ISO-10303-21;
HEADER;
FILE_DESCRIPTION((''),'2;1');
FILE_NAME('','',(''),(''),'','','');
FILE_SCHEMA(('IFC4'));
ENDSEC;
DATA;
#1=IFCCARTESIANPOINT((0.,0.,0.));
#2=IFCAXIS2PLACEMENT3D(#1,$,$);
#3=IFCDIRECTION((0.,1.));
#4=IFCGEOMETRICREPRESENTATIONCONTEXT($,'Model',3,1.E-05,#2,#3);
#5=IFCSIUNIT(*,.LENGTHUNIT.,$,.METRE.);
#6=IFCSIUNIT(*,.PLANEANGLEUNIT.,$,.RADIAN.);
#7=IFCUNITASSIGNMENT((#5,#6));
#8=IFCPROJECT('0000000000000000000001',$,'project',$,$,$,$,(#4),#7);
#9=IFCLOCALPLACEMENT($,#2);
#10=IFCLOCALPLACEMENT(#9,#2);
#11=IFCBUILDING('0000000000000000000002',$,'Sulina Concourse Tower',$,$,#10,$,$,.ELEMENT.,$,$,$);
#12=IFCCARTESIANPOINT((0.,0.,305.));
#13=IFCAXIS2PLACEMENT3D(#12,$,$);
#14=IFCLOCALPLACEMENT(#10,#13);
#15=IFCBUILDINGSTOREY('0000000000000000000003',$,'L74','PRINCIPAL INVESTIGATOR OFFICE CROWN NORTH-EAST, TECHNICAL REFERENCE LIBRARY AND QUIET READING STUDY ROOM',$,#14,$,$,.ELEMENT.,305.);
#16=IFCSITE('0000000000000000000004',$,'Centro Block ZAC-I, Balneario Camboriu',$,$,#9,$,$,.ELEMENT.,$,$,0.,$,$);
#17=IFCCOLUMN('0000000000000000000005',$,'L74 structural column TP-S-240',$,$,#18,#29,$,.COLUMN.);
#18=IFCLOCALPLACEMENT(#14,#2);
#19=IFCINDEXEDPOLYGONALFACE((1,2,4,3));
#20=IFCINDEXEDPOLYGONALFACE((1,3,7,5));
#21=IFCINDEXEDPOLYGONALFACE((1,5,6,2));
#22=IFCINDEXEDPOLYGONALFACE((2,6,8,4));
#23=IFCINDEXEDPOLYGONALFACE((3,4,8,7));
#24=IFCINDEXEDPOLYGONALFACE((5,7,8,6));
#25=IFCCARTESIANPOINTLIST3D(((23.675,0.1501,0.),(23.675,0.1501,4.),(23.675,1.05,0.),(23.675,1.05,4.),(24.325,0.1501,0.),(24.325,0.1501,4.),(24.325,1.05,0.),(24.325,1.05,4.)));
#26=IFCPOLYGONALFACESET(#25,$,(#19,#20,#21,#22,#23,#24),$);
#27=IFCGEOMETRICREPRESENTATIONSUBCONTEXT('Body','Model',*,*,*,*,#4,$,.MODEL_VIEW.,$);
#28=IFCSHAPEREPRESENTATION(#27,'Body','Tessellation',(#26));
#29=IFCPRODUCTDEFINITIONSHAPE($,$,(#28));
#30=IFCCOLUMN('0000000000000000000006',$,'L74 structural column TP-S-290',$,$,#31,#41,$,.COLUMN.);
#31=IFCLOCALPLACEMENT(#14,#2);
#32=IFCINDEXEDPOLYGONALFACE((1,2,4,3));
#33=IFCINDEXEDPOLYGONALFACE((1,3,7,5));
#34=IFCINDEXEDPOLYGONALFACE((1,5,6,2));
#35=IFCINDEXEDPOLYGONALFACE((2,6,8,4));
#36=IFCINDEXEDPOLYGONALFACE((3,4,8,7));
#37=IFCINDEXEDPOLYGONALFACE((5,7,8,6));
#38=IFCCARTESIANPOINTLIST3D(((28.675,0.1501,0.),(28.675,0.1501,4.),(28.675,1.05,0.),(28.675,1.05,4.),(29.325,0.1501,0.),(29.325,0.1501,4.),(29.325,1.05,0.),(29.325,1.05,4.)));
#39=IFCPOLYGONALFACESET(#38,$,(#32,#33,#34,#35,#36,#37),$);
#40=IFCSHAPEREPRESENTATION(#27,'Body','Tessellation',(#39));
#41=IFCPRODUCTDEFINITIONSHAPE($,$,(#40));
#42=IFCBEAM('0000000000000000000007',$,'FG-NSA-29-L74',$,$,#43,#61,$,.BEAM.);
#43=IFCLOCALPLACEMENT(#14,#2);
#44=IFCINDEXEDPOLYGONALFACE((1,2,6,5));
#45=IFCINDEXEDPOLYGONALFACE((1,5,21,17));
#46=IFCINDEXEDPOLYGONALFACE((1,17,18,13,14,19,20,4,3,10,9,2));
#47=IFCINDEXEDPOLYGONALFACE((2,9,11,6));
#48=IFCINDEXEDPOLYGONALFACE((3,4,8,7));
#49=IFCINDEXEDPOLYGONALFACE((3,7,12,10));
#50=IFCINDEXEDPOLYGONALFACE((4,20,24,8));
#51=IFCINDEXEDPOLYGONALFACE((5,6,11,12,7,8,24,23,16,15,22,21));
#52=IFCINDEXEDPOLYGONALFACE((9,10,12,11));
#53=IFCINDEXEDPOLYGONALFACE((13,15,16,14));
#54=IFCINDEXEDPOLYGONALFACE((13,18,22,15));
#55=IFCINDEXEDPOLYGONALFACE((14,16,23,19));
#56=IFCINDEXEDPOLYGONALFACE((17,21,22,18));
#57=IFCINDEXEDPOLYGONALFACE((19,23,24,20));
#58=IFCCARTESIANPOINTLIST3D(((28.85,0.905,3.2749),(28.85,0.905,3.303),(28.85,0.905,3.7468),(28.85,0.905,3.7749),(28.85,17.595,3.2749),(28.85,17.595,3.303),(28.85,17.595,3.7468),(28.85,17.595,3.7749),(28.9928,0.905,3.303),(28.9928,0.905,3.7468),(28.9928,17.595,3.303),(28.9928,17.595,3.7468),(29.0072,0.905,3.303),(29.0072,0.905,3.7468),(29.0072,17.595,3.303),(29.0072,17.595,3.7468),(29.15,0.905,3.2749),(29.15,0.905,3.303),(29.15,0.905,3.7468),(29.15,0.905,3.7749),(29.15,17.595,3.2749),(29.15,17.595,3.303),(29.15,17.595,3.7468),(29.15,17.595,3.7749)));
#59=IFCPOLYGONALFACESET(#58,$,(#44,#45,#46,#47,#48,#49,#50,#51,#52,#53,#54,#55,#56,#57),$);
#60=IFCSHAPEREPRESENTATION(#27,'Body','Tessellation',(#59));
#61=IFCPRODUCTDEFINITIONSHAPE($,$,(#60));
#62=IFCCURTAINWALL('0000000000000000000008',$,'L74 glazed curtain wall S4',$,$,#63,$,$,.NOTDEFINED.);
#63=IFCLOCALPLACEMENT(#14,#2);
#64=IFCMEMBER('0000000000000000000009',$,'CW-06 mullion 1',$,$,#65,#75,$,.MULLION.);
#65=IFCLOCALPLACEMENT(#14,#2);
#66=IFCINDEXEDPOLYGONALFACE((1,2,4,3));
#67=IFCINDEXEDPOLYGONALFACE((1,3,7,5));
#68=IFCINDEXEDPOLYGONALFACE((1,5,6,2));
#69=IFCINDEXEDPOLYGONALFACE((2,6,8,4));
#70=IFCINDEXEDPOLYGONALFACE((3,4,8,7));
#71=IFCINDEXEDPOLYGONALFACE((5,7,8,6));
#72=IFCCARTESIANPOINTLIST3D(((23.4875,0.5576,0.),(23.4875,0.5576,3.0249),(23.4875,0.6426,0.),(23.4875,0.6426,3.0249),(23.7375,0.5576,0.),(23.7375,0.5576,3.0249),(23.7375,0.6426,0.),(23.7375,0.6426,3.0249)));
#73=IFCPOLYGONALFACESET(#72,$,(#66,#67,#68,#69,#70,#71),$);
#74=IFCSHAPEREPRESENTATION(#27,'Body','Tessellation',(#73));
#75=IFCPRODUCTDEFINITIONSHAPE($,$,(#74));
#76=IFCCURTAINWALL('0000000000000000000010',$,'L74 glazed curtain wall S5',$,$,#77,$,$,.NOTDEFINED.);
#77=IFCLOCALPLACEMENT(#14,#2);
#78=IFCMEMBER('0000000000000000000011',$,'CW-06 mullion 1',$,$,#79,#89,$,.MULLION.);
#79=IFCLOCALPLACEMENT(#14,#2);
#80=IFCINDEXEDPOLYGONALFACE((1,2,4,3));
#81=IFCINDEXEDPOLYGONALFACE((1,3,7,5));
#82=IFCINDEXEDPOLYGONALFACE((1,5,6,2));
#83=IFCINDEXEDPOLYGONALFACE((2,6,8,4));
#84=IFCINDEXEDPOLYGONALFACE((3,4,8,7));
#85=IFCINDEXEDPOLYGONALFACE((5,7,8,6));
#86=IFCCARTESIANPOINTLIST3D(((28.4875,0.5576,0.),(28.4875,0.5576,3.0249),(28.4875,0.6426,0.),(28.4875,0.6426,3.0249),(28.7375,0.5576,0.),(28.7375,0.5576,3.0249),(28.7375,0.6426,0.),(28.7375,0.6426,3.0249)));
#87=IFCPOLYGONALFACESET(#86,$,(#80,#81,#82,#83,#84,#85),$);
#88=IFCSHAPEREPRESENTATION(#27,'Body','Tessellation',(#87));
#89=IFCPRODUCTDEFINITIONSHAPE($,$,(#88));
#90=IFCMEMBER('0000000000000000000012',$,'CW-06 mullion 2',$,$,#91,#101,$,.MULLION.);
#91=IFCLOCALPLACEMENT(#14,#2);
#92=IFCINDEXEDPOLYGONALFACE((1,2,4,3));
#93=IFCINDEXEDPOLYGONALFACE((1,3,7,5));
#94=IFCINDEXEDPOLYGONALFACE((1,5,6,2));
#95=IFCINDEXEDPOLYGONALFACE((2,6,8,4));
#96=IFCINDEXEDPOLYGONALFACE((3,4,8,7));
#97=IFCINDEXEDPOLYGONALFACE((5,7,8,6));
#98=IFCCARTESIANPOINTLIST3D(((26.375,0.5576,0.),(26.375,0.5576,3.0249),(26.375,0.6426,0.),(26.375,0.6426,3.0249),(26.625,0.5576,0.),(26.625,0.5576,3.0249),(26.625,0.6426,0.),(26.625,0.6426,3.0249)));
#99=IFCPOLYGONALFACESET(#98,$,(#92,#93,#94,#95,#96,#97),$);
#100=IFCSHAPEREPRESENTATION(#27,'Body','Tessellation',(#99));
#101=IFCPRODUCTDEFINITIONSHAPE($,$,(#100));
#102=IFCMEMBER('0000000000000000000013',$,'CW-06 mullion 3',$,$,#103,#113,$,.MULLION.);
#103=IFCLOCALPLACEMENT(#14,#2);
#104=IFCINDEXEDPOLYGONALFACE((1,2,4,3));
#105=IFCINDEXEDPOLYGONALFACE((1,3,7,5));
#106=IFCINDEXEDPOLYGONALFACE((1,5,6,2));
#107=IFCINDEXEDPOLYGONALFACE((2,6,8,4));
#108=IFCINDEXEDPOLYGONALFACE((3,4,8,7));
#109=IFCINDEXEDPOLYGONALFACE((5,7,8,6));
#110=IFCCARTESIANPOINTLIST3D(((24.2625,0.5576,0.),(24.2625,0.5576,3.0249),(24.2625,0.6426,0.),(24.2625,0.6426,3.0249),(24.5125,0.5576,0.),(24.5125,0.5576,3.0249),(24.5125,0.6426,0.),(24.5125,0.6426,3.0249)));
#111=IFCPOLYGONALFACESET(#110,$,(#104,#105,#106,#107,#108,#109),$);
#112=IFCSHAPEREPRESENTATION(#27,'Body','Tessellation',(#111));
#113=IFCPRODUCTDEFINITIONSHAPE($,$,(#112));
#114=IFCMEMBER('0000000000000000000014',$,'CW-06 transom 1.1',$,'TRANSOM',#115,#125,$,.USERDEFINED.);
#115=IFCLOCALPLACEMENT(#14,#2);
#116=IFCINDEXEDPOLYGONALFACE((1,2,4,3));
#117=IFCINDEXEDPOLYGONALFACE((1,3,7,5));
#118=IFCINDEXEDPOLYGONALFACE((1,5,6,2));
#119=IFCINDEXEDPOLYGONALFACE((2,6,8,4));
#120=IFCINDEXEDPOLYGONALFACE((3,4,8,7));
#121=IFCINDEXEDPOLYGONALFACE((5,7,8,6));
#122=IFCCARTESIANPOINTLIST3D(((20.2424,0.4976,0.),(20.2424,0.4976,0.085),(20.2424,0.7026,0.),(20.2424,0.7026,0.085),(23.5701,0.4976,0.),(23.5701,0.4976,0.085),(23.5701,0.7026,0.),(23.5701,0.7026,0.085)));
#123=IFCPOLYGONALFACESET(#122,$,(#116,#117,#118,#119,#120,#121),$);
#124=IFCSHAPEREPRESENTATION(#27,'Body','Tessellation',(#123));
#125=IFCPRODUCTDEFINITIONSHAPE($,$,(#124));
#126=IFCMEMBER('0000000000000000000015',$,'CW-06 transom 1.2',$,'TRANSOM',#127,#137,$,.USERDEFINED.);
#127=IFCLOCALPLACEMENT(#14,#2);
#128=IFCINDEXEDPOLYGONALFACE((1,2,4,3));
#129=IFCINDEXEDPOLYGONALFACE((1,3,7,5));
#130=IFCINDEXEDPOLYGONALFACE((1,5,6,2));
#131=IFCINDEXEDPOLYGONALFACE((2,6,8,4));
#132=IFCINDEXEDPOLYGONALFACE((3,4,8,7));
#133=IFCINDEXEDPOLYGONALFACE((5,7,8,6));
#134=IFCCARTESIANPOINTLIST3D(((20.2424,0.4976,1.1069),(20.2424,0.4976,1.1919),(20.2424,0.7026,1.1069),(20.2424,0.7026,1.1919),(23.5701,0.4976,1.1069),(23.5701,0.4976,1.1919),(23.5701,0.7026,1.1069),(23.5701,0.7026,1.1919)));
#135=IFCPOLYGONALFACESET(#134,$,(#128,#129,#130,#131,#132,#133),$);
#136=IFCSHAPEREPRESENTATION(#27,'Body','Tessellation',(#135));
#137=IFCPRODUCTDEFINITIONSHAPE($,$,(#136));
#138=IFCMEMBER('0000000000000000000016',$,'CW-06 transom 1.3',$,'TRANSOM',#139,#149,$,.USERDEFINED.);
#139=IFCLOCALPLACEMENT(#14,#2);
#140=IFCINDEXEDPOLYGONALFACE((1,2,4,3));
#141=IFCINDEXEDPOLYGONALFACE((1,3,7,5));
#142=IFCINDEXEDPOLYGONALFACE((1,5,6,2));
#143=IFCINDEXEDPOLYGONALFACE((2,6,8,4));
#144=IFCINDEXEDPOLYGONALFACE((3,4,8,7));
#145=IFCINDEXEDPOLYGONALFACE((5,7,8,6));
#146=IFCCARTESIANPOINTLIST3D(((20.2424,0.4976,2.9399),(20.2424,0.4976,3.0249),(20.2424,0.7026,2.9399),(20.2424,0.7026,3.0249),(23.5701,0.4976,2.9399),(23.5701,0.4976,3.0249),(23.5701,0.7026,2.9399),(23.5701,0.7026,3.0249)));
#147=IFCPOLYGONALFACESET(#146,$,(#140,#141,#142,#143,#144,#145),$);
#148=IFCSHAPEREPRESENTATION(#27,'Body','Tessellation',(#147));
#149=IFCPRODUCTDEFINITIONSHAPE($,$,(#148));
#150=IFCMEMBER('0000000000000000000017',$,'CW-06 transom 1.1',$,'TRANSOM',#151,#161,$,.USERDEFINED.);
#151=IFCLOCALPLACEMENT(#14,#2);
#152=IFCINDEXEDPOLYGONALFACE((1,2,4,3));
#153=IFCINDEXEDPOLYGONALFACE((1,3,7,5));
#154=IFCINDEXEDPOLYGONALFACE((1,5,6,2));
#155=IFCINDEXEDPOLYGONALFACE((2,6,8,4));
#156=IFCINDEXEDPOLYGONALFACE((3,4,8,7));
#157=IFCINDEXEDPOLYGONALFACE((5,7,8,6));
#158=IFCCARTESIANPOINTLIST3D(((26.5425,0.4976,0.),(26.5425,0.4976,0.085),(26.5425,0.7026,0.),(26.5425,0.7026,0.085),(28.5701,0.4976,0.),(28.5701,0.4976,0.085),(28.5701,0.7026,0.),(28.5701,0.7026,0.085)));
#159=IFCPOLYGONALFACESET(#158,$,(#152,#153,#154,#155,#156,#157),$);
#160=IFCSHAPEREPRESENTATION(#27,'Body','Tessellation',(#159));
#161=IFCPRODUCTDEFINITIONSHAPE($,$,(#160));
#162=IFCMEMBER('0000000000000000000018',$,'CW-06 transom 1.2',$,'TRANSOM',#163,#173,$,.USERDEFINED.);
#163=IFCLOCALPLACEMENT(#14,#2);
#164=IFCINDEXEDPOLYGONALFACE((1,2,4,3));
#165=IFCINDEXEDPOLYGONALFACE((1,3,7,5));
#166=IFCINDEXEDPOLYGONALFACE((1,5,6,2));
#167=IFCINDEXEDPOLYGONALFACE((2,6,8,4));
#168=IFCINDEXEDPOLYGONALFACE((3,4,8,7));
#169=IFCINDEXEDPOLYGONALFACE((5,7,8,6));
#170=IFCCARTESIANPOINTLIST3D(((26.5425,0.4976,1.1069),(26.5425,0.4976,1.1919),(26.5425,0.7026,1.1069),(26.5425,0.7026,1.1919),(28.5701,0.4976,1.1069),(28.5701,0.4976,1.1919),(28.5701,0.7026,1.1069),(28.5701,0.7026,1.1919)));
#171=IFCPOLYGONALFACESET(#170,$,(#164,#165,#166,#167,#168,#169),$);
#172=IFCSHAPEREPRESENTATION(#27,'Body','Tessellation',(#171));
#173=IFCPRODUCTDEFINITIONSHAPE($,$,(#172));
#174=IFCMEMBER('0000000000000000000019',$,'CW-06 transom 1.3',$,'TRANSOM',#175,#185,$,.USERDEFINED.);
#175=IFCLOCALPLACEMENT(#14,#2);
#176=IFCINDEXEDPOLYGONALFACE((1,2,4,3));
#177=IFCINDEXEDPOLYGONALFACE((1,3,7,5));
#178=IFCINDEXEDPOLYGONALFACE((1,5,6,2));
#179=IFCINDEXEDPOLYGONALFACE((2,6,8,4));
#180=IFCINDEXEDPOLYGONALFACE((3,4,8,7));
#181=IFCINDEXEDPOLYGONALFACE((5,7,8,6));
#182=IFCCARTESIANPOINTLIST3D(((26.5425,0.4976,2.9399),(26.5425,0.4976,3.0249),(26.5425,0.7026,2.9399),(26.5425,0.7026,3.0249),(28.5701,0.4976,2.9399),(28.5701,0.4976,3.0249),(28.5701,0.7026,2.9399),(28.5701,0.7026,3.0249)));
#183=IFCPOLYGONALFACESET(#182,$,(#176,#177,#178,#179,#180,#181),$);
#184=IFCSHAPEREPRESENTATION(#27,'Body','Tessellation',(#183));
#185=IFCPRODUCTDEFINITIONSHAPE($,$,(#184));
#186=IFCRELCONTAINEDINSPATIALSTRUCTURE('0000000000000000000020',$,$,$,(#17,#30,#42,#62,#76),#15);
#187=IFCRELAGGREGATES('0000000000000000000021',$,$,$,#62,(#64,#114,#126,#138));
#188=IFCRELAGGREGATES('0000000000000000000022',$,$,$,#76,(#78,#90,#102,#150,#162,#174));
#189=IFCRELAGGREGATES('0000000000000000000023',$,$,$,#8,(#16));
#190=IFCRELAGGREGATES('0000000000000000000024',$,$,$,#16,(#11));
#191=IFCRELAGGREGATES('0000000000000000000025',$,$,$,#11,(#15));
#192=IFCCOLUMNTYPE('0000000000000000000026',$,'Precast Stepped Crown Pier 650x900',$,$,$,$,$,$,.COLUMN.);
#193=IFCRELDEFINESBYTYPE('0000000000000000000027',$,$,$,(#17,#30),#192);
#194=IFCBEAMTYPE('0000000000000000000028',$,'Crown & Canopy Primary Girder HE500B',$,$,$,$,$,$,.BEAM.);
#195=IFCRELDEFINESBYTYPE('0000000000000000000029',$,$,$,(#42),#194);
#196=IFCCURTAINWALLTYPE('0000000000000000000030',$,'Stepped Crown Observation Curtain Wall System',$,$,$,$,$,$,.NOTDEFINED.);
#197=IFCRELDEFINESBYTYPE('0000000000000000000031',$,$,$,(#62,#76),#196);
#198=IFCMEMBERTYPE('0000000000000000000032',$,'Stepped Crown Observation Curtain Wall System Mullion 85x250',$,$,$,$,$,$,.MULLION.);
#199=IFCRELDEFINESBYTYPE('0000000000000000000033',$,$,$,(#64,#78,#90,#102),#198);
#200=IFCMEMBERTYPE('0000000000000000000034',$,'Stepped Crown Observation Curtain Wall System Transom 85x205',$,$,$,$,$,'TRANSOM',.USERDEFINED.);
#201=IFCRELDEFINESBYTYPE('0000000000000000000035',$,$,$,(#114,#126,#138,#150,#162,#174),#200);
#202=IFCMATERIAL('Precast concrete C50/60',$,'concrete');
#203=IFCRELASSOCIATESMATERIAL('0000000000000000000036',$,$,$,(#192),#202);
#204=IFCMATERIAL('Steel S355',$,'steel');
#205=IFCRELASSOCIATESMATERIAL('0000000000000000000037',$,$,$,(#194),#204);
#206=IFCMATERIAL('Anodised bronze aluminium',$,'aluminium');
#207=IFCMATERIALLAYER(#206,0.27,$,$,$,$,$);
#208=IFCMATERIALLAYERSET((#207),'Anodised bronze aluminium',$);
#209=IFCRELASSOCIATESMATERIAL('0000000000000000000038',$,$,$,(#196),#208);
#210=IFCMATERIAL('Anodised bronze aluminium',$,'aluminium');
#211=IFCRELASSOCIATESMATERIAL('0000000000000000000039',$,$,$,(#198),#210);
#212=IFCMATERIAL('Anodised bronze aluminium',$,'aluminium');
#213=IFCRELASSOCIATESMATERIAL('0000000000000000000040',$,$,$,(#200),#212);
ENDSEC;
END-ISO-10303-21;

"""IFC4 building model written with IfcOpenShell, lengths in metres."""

from ifc_helpers import new_model, si_unit, direction, frame, origin, origin_2d, place, context, subcontext, project, spatial, rectangle, i_section, extrude, material, layer, layer_set, material_profile, profile_set, type_object, element, aggregate, save


model = new_model("IFC4")

# Units and contexts
model_context = context("Model", 3, precision=1e-05, world=origin(), true_north=direction((0.0, 1.0)))
body_context = subcontext(model_context, "Body", "Model", "MODEL_VIEW")
ifc_project = project(units=[si_unit("LENGTHUNIT", "METRE"), si_unit("PLANEANGLEUNIT", "RADIAN")], contexts=[model_context])

# Site, building, storey
site_placement = place(None, origin())
site = spatial("IfcSite", under=ifc_project, at=site_placement, Name="Centro Block ZAC-I, Balneario Camboriu", CompositionType="ELEMENT", RefElevation=0.0)
building_placement = place(site_placement, origin())
building = spatial("IfcBuilding", under=site, at=building_placement, Name="Sulina Concourse Tower", CompositionType="ELEMENT")
storey_placement = place(building_placement, frame((0.0, 0.0, 305.0)))
storey = spatial("IfcBuildingStorey", under=building, at=storey_placement, Name="L74", Description="PRINCIPAL INVESTIGATOR OFFICE CROWN NORTH-EAST, TECHNICAL REFERENCE LIBRARY AND QUIET READING STUDY ROOM", CompositionType="ELEMENT", Elevation=305.0)

# Columns
ifc_material_1 = material(Name="Precast concrete C50/60", Category="concrete")
ifc_material_profile_1 = material_profile(ifc_material_1, rectangle(XDim=0.6499, YDim=0.8999, at=origin_2d()), Name="PC 650x900")
ifc_profile_set_1 = profile_set([ifc_material_profile_1], Name="Precast concrete C50/60")
column_type = type_object("IfcColumnType", Name="Precast Stepped Crown Pier 650x900", PredefinedType="COLUMN", material=ifc_profile_set_1)
for number, where, z_axis, x_axis, name in (
    (1, (24.0, 0.6001, 0.0), (0.0, 0.0, 1.0), (1.0, 0.0, 0.0), "L74 structural column TP-S-240"),
    (2, (29.0, 0.6001, 0.0), (0.0, 0.0, 1.0), (1.0, 0.0, 0.0), "L74 structural column TP-S-290"),
):
    element("IfcColumn", number, at=place(storey_placement, frame(where, z_axis=z_axis, x_axis=x_axis)), inside=storey, type_object=column_type, Name=name, PredefinedType="COLUMN", context=body_context, shape_type="SweptSolid", body=[
        extrude(rectangle(XDim=0.6499, YDim=0.8999, at=origin_2d()), origin(), (0.0, 0.0, 1.0), 4.0),
    ])

# Beam
ifc_material_2 = material(Name="Steel S355", Category="steel")
ifc_material_profile_2 = material_profile(ifc_material_2, i_section(OverallWidth=0.3, OverallDepth=0.5, WebThickness=0.0144, FlangeThickness=0.0281, at=origin_2d()), Name="HE 500 B")
ifc_profile_set_2 = profile_set([ifc_material_profile_2], Name="Steel S355")
beam_type_1 = type_object("IfcBeamType", Name="Crown & Canopy Primary Girder HE500B", PredefinedType="BEAM", material=ifc_profile_set_2)
beam_1_placement = place(storey_placement, frame((29.0, 0.905, 3.5249), z_axis=(0.0, 1.0, 0.0), x_axis=(-1.0, 0.0, 0.0)))
element("IfcBeam", 3, at=beam_1_placement, inside=storey, type_object=beam_type_1, Name="FG-NSA-29-L74", PredefinedType="BEAM", context=body_context, shape_type="SweptSolid", body=[
    extrude(i_section(OverallWidth=0.3, OverallDepth=0.5, WebThickness=0.0144, FlangeThickness=0.0281, at=origin_2d()), origin(), (0.0, 0.0, 1.0), 16.6899),
])

# Curtain wall, member
ifc_material_3 = material(Name="Anodised bronze aluminium", Category="aluminium")
ifc_layer_1 = layer(ifc_material_3, 0.27)
ifc_layer_set_1 = layer_set([ifc_layer_1], Name="Anodised bronze aluminium")
curtain_wall_type = type_object("IfcCurtainWallType", Name="Stepped Crown Observation Curtain Wall System", PredefinedType="NOTDEFINED", material=ifc_layer_set_1)
curtain_wall_1_placement = place(storey_placement, origin())
curtain_wall_1 = element("IfcCurtainWall", 4, at=curtain_wall_1_placement, inside=storey, type_object=curtain_wall_type, Name="L74 glazed curtain wall S4", PredefinedType="NOTDEFINED")
ifc_material_4 = material(Name="Anodised bronze aluminium", Category="aluminium")
ifc_material_profile_3 = material_profile(ifc_material_4, rectangle(XDim=0.085, YDim=0.25, at=origin_2d()), Name="MUL 85x250")
ifc_profile_set_3 = profile_set([ifc_material_profile_3], Name="Anodised bronze aluminium")
member_type_1 = type_object("IfcMemberType", Name="Stepped Crown Observation Curtain Wall System Mullion 85x250", PredefinedType="MULLION", material=ifc_profile_set_3)
member_1_placement = place(storey_placement, frame((23.6125, 0.6001, 0.0), z_axis=(0.0, 0.0, 1.0), x_axis=(0.0, -1.0, 0.0)))
member_1 = element("IfcMember", 5, at=member_1_placement, type_object=member_type_1, Name="CW-06 mullion 1", PredefinedType="MULLION", context=body_context, shape_type="SweptSolid", body=[
    extrude(rectangle(XDim=0.085, YDim=0.25, at=origin_2d()), origin(), (0.0, 0.0, 1.0), 3.0249),
])

# Curtain wall, members
curtain_wall_2_placement = place(storey_placement, origin())
curtain_wall_2 = element("IfcCurtainWall", 6, at=curtain_wall_2_placement, inside=storey, type_object=curtain_wall_type, Name="L74 glazed curtain wall S5", PredefinedType="NOTDEFINED")
member_2_placement = place(storey_placement, frame((28.6125, 0.6001, 0.0), z_axis=(0.0, 0.0, 1.0), x_axis=(0.0, -1.0, 0.0)))
member_2 = element("IfcMember", 7, at=member_2_placement, type_object=member_type_1, Name="CW-06 mullion 1", PredefinedType="MULLION", context=body_context, shape_type="SweptSolid", body=[
    extrude(rectangle(XDim=0.085, YDim=0.25, at=origin_2d()), origin(), (0.0, 0.0, 1.0), 3.0249),
])
member_3_placement = place(storey_placement, frame((26.5, 0.6001, 0.0), z_axis=(0.0, 0.0, 1.0), x_axis=(0.0, -1.0, 0.0)))
member_3 = element("IfcMember", 8, at=member_3_placement, type_object=member_type_1, Name="CW-06 mullion 2", PredefinedType="MULLION", context=body_context, shape_type="SweptSolid", body=[
    extrude(rectangle(XDim=0.085, YDim=0.25, at=origin_2d()), origin(), (0.0, 0.0, 1.0), 3.0249),
])
member_4_placement = place(storey_placement, frame((24.3875, 0.6001, 0.0), z_axis=(0.0, 0.0, 1.0), x_axis=(0.0, -1.0, 0.0)))
member_4 = element("IfcMember", 9, at=member_4_placement, type_object=member_type_1, Name="CW-06 mullion 3", PredefinedType="MULLION", context=body_context, shape_type="SweptSolid", body=[
    extrude(rectangle(XDim=0.085, YDim=0.25, at=origin_2d()), origin(), (0.0, 0.0, 1.0), 3.0249),
])

# Members
ifc_material_5 = material(Name="Anodised bronze aluminium", Category="aluminium")
ifc_material_profile_4 = material_profile(ifc_material_5, rectangle(XDim=0.2051, YDim=0.085, at=origin_2d()), Name="TRN 85x205")
ifc_profile_set_4 = profile_set([ifc_material_profile_4], Name="Anodised bronze aluminium")
member_type_2 = type_object("IfcMemberType", Name="Stepped Crown Observation Curtain Wall System Transom 85x205", ElementType="TRANSOM", PredefinedType="USERDEFINED", material=ifc_profile_set_4)
member_5_placement = place(storey_placement, frame((23.5701, 0.6001, 0.0425), z_axis=(-1.0, 0.0, 0.0), x_axis=(0.0, -1.0, 0.0)))
member_5 = element("IfcMember", 10, at=member_5_placement, type_object=member_type_2, Name="CW-06 transom 1.1", ObjectType="TRANSOM", PredefinedType="USERDEFINED", context=body_context, shape_type="SweptSolid", body=[
    extrude(rectangle(XDim=0.2051, YDim=0.085, at=origin_2d()), origin(), (0.0, 0.0, 1.0), 3.3276),
])
member_6_placement = place(storey_placement, frame((23.5701, 0.6001, 1.1494), z_axis=(-1.0, 0.0, 0.0), x_axis=(0.0, -1.0, 0.0)))
member_6 = element("IfcMember", 11, at=member_6_placement, type_object=member_type_2, Name="CW-06 transom 1.2", ObjectType="TRANSOM", PredefinedType="USERDEFINED", context=body_context, shape_type="SweptSolid", body=[
    extrude(rectangle(XDim=0.2051, YDim=0.085, at=origin_2d()), origin(), (0.0, 0.0, 1.0), 3.3276),
])
member_7_placement = place(storey_placement, frame((23.5701, 0.6001, 2.9824), z_axis=(-1.0, 0.0, 0.0), x_axis=(0.0, -1.0, 0.0)))
member_7 = element("IfcMember", 12, at=member_7_placement, type_object=member_type_2, Name="CW-06 transom 1.3", ObjectType="TRANSOM", PredefinedType="USERDEFINED", context=body_context, shape_type="SweptSolid", body=[
    extrude(rectangle(XDim=0.2051, YDim=0.085, at=origin_2d()), origin(), (0.0, 0.0, 1.0), 3.3276),
])
member_8_placement = place(storey_placement, frame((28.5701, 0.6001, 0.0425), z_axis=(-1.0, 0.0, 0.0), x_axis=(0.0, -1.0, 0.0)))
member_8 = element("IfcMember", 13, at=member_8_placement, type_object=member_type_2, Name="CW-06 transom 1.1", ObjectType="TRANSOM", PredefinedType="USERDEFINED", context=body_context, shape_type="SweptSolid", body=[
    extrude(rectangle(XDim=0.2051, YDim=0.085, at=origin_2d()), origin(), (0.0, 0.0, 1.0), 2.0276),
])
member_9_placement = place(storey_placement, frame((28.5701, 0.6001, 1.1494), z_axis=(-1.0, 0.0, 0.0), x_axis=(0.0, -1.0, 0.0)))
member_9 = element("IfcMember", 14, at=member_9_placement, type_object=member_type_2, Name="CW-06 transom 1.2", ObjectType="TRANSOM", PredefinedType="USERDEFINED", context=body_context, shape_type="SweptSolid", body=[
    extrude(rectangle(XDim=0.2051, YDim=0.085, at=origin_2d()), origin(), (0.0, 0.0, 1.0), 2.0276),
])
member_10_placement = place(storey_placement, frame((28.5701, 0.6001, 2.9824), z_axis=(-1.0, 0.0, 0.0), x_axis=(0.0, -1.0, 0.0)))
member_10 = element("IfcMember", 15, at=member_10_placement, type_object=member_type_2, Name="CW-06 transom 1.3", ObjectType="TRANSOM", PredefinedType="USERDEFINED", context=body_context, shape_type="SweptSolid", body=[
    extrude(rectangle(XDim=0.2051, YDim=0.085, at=origin_2d()), origin(), (0.0, 0.0, 1.0), 2.0276),
])

aggregate(curtain_wall_1, [member_1, member_5, member_6, member_7])
aggregate(curtain_wall_2, [member_2, member_3, member_4, member_8, member_9, member_10])

save(model, "model.ifc")
